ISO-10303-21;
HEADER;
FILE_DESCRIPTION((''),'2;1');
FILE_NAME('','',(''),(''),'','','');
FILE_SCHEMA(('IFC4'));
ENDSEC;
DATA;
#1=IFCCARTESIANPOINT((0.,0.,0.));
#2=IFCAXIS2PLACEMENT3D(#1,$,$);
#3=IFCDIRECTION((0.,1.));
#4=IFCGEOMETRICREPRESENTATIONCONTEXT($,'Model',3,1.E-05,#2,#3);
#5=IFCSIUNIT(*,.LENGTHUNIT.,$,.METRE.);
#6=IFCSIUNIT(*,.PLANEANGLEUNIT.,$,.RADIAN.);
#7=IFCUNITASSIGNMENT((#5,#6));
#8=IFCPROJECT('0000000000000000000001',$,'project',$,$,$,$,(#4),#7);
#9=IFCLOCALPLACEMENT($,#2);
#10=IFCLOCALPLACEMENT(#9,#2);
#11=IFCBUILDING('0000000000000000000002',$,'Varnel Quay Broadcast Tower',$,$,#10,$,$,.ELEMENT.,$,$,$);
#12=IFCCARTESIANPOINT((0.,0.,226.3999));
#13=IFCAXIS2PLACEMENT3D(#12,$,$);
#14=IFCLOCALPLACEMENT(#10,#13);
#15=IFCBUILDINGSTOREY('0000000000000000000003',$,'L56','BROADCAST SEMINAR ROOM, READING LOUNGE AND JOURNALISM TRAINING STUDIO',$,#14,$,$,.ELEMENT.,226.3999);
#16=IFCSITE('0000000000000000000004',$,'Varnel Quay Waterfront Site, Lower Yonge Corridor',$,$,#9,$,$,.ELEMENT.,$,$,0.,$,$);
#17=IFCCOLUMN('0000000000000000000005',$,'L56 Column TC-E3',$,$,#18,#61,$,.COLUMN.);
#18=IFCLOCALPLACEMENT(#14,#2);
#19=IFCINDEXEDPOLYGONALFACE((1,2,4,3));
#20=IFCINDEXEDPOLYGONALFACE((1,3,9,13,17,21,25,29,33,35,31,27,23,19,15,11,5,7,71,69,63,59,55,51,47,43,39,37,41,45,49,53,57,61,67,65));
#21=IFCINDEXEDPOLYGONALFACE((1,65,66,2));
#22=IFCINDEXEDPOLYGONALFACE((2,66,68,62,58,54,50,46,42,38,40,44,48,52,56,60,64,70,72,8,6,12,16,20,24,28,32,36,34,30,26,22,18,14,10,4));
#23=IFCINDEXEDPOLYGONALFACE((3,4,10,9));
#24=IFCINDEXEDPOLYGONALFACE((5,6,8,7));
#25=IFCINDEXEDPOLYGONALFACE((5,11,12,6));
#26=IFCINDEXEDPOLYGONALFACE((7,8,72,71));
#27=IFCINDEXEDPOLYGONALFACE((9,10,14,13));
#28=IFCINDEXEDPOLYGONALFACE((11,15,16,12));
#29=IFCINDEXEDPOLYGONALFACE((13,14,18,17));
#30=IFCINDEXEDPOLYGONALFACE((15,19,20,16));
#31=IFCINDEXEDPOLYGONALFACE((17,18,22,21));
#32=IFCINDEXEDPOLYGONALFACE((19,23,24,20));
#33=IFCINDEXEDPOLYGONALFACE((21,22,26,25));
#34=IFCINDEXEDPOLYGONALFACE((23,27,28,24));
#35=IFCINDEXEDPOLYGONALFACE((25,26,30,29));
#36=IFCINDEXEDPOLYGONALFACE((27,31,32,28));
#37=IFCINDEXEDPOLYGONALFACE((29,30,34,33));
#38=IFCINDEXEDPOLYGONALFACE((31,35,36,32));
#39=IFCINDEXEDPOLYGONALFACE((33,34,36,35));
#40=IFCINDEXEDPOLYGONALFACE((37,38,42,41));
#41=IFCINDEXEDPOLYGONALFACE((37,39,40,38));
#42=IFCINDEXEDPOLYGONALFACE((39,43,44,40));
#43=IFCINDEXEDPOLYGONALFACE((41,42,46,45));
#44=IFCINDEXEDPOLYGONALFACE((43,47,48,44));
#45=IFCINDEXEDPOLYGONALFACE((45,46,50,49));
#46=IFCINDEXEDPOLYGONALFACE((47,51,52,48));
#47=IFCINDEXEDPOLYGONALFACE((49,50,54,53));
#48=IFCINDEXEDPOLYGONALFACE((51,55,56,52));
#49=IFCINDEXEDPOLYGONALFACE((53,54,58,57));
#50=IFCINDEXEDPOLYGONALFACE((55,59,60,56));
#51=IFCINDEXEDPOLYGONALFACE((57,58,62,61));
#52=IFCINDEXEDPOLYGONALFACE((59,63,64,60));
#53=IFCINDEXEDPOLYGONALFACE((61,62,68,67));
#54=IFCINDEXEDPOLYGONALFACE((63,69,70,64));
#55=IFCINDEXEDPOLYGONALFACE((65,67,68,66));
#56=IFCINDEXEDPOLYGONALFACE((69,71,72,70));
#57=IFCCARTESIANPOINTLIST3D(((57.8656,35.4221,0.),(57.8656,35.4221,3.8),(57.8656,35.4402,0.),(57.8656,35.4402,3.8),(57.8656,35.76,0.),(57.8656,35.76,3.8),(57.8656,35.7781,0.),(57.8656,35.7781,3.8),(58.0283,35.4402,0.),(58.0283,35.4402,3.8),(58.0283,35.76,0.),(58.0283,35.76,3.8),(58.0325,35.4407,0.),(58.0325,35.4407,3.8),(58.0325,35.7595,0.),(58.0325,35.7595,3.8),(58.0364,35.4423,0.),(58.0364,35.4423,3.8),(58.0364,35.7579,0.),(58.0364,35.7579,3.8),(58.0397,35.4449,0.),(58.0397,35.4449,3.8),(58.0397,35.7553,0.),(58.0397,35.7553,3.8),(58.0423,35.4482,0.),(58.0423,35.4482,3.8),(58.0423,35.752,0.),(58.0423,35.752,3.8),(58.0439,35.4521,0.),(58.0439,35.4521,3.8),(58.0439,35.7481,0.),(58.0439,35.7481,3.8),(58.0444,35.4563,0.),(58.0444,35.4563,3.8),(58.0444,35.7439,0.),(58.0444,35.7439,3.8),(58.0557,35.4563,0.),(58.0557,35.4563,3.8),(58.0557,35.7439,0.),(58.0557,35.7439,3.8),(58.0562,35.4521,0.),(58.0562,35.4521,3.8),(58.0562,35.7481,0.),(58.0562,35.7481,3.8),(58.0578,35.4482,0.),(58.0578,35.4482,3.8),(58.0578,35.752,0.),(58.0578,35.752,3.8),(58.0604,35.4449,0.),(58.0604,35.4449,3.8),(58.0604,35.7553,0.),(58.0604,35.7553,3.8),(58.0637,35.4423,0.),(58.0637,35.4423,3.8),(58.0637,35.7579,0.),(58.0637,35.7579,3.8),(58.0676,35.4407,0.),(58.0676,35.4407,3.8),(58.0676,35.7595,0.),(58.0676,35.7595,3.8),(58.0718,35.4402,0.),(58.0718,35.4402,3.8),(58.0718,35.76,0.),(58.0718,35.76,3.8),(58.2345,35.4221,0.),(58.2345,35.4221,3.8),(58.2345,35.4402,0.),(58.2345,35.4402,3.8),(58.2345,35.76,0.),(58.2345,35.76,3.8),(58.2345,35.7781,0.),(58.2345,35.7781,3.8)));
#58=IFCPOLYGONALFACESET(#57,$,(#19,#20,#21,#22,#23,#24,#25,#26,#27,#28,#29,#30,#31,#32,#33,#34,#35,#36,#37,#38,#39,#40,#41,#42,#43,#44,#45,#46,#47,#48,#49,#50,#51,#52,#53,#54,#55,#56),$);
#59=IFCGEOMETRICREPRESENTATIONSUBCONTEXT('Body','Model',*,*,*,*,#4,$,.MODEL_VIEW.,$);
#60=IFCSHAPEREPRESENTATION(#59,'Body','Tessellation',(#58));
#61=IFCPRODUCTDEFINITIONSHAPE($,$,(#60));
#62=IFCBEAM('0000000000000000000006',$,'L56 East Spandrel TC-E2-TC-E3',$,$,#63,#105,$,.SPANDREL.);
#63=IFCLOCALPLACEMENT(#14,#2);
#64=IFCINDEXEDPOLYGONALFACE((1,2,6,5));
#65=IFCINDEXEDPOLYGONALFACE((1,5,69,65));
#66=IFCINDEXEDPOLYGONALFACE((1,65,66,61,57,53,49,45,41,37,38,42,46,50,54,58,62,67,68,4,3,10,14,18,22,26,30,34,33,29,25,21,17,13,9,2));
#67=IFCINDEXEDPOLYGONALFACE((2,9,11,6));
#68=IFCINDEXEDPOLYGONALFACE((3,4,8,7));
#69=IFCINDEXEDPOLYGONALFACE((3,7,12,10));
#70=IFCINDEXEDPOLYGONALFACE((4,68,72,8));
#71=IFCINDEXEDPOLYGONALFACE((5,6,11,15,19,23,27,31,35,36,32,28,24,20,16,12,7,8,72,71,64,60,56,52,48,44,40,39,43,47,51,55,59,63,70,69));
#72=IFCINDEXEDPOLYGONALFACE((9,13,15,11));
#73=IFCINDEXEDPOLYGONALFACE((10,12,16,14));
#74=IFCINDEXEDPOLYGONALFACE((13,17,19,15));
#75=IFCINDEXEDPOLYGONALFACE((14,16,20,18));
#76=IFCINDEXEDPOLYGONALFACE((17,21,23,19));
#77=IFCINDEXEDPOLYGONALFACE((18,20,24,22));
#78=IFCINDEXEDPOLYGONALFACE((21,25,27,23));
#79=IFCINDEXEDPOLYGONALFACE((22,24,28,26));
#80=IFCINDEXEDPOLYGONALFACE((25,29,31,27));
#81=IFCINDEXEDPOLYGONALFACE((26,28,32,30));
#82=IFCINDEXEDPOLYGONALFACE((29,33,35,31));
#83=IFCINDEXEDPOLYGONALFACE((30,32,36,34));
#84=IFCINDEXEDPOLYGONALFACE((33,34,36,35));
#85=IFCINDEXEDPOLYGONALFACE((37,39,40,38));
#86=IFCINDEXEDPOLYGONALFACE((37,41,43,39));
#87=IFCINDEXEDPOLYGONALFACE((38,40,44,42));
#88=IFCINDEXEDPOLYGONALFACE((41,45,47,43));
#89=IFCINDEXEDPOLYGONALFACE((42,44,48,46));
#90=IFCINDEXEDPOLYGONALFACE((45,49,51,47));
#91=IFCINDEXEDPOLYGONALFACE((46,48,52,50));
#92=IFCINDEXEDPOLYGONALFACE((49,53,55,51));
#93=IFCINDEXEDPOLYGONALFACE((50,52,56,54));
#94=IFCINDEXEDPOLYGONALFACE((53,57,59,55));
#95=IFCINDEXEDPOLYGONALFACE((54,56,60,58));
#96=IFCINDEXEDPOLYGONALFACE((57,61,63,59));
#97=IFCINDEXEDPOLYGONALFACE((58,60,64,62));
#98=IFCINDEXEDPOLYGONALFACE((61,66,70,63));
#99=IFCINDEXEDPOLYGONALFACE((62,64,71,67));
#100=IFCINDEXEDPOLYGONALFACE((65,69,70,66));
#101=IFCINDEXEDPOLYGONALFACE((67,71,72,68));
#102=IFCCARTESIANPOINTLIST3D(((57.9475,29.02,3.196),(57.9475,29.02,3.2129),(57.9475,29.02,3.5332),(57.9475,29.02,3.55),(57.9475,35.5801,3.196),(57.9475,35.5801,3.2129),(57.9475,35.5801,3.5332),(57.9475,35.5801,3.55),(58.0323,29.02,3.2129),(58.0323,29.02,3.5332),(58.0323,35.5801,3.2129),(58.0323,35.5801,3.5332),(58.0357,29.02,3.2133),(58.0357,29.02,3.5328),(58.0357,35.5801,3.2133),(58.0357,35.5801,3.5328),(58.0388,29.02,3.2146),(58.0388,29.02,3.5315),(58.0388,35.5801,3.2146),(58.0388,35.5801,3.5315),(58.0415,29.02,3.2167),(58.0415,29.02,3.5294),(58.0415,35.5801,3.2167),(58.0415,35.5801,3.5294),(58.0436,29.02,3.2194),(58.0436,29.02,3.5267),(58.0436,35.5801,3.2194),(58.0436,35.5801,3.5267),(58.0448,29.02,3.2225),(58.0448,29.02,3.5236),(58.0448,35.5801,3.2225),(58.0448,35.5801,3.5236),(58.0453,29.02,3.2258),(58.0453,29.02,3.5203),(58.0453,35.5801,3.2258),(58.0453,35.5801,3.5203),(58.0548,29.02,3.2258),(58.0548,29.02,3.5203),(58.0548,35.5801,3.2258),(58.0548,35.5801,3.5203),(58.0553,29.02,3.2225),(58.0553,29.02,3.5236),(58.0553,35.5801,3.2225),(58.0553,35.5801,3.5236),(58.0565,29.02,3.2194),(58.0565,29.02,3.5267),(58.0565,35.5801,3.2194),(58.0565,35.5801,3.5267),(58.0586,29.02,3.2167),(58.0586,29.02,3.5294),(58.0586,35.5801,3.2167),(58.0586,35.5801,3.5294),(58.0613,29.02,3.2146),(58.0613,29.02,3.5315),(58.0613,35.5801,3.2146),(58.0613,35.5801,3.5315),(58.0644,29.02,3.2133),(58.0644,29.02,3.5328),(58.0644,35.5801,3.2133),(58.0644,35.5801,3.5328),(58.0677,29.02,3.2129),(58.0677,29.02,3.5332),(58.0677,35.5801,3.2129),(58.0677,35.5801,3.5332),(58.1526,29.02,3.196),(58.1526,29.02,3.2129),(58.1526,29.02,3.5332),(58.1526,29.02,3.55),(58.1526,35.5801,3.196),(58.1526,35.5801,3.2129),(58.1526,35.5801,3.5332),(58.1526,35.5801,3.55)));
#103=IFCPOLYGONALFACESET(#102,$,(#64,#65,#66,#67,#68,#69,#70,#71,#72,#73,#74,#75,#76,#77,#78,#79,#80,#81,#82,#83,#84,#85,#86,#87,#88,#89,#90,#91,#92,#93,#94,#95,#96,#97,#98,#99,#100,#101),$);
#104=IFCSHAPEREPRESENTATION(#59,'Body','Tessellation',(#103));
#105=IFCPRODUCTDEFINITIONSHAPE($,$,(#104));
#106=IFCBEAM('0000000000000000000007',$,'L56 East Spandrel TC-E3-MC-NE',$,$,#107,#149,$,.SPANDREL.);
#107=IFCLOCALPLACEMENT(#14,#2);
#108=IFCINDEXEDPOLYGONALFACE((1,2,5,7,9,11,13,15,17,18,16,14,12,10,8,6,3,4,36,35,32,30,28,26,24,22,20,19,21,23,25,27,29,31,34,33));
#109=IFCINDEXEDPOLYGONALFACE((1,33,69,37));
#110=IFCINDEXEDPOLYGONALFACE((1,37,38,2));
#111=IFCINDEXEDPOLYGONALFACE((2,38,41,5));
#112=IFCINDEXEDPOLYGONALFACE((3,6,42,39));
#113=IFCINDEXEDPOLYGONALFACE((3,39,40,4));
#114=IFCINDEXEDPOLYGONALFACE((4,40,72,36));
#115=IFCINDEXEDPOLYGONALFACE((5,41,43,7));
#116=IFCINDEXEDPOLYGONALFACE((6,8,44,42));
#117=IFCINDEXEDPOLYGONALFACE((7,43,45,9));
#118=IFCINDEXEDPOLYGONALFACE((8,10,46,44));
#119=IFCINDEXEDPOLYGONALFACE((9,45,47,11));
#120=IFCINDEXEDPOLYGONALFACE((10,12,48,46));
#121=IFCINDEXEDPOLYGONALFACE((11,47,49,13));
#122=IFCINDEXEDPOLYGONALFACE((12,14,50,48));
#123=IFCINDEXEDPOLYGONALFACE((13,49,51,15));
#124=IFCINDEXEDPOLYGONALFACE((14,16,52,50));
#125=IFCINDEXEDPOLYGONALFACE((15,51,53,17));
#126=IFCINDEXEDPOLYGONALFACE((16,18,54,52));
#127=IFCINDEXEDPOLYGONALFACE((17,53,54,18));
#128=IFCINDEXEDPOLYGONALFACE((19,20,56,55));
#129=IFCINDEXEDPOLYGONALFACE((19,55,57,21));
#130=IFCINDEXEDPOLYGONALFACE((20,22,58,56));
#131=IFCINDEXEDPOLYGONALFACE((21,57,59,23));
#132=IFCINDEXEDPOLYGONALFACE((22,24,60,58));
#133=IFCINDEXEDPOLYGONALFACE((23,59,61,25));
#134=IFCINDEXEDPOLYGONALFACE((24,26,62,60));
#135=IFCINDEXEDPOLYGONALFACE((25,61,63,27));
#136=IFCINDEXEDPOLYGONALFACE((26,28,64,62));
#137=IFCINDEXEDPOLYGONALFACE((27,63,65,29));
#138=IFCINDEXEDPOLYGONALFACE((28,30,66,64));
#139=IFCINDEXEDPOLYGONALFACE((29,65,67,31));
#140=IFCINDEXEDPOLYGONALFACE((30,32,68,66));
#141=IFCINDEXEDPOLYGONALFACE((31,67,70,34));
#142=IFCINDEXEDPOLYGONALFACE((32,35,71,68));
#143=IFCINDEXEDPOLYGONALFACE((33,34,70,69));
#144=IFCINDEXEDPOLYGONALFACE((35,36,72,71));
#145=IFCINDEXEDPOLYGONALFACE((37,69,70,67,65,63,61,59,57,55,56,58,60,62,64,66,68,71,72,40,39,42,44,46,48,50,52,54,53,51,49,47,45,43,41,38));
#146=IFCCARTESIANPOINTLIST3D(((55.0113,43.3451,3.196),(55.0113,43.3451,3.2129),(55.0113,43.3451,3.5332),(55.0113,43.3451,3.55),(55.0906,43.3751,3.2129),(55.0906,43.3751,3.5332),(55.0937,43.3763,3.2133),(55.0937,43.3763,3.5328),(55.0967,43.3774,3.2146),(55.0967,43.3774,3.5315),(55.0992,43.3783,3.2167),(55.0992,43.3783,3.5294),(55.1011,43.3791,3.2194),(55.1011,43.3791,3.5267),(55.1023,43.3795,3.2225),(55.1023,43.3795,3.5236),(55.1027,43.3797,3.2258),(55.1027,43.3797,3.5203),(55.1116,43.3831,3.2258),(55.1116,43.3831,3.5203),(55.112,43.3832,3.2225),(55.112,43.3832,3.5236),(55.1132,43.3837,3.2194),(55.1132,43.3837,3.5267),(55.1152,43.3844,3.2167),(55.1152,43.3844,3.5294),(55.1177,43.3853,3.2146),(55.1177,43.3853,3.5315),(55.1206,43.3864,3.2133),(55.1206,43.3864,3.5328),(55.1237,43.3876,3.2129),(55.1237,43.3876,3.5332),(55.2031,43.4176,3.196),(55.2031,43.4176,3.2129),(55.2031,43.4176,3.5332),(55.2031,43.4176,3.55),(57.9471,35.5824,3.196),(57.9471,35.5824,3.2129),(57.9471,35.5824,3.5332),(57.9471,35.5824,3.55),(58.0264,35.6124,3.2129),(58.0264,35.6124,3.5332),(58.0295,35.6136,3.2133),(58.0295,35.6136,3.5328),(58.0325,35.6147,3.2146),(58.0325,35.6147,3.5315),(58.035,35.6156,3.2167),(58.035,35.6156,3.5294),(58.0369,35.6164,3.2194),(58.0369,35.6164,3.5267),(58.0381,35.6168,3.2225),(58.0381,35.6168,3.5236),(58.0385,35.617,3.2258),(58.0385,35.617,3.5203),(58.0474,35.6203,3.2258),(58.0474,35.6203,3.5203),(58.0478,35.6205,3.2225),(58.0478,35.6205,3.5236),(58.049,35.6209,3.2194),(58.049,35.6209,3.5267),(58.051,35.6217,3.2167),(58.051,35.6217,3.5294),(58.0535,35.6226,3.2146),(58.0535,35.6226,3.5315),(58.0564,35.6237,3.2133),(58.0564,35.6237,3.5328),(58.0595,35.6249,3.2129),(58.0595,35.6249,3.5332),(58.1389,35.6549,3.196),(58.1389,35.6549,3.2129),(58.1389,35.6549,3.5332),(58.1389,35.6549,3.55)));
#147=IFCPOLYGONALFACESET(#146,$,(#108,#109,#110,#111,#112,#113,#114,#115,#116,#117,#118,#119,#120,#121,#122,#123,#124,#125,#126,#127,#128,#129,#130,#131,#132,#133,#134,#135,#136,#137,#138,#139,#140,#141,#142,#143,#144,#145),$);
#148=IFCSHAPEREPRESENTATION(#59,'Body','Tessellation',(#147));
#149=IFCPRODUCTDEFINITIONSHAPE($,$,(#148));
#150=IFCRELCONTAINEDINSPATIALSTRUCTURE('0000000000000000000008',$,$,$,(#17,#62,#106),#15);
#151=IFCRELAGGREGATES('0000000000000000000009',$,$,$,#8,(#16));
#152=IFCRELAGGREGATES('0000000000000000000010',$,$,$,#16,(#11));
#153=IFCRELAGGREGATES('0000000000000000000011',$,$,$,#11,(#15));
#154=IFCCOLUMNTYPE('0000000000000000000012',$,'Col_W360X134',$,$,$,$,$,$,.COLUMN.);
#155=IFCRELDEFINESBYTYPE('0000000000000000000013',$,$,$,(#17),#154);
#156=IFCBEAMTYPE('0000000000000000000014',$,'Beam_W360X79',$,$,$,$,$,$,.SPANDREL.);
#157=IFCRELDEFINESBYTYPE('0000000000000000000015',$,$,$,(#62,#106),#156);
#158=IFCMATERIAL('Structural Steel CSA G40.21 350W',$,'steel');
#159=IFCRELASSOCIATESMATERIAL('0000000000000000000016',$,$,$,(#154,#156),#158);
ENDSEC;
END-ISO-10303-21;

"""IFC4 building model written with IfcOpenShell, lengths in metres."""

from ifc_helpers import new_model, si_unit, direction, frame, origin, origin_2d, place, context, subcontext, project, spatial, i_section, extrude, source, transform, mapped, material, material_profile, profile_set, type_object, type_shapes, element, save


model = new_model("IFC4")

# Units and contexts
model_context = context("Model", 3, precision=1e-05, world=origin(), true_north=direction((0.0, 1.0)))
body_context = subcontext(model_context, "Body", "Model", "MODEL_VIEW")
ifc_project = project(units=[si_unit("LENGTHUNIT", "METRE"), si_unit("PLANEANGLEUNIT", "RADIAN")], contexts=[model_context])

# Site, building, storey
site_placement = place(None, origin())
site = spatial("IfcSite", under=ifc_project, at=site_placement, Name="Varnel Quay Waterfront Site, Lower Yonge Corridor", CompositionType="ELEMENT", RefElevation=0.0)
building_placement = place(site_placement, origin())
building = spatial("IfcBuilding", under=site, at=building_placement, Name="Varnel Quay Broadcast Tower", CompositionType="ELEMENT")
storey_placement = place(building_placement, frame((0.0, 0.0, 226.3999)))
storey = spatial("IfcBuildingStorey", under=building, at=storey_placement, Name="L56", Description="BROADCAST SEMINAR ROOM, READING LOUNGE AND JOURNALISM TRAINING STUDIO", CompositionType="ELEMENT", Elevation=226.3999)

# Column
ifc_material_1 = material(Name="Structural Steel CSA G40.21 350W", Category="steel")
ifc_material_profile_1 = material_profile(ifc_material_1, i_section(OverallWidth=0.3689, OverallDepth=0.356, WebThickness=0.0112, FlangeThickness=0.0181, FilletRadius=0.0161, at=origin_2d()), Name="W360X134")
ifc_profile_set_1 = profile_set([ifc_material_profile_1], Name="Structural Steel CSA G40.21 350W")
column_type_1 = type_object("IfcColumnType", Name="Col_W360X134", PredefinedType="COLUMN", material=ifc_profile_set_1)
shared_shape_1 = source(origin(), body_context, "Body", "SweptSolid", [
    extrude(i_section(OverallWidth=0.3689, OverallDepth=0.356, WebThickness=0.0112, FlangeThickness=0.0181, FilletRadius=0.0161, at=origin_2d()), origin(), (0.0, 0.0, 1.0), 3.8),
])
type_shapes(column_type_1, [shared_shape_1])
for number, where, z_axis, x_axis, name in (
    (1, (58.05, 35.6001, 0.0), (0.0, 0.0, 1.0), (1.0, 0.0, 0.0), "L56 Column TC-E3"),
):
    element("IfcColumn", number, at=place(storey_placement, frame(where, z_axis=z_axis, x_axis=x_axis)), inside=storey, type_object=column_type_1, Name=name, PredefinedType="COLUMN", context=body_context, shape_type="MappedRepresentation", body=[
        mapped(shared_shape_1, transform((0.0, 0.0, 0.0), x_axis=(1.0, 0.0, 0.0), y_axis=(0.0, 1.0, 0.0), z_axis=(0.0, 0.0, 1.0), scale=1.0)),
    ])

# Beams
ifc_material_profile_2 = material_profile(ifc_material_1, i_section(OverallWidth=0.2051, OverallDepth=0.354, WebThickness=0.0095, FlangeThickness=0.0168, FilletRadius=0.0129, at=origin_2d()), Name="W360X79")
ifc_profile_set_2 = profile_set([ifc_material_profile_2], Name="Structural Steel CSA G40.21 350W")
beam_type_1 = type_object("IfcBeamType", Name="Beam_W360X79", PredefinedType="SPANDREL", material=ifc_profile_set_2)
shared_shape_2 = source(origin(), body_context, "Body", "SweptSolid", [
    extrude(i_section(OverallWidth=0.2051, OverallDepth=0.354, WebThickness=0.0095, FlangeThickness=0.0168, FilletRadius=0.0129, at=origin_2d()), origin(), (0.0, 0.0, 1.0), 6.5601),
])
beam_1_placement = place(storey_placement, frame((58.05, 29.02, 3.373), z_axis=(0.0, 1.0, 0.0), x_axis=(-1.0, 0.0, 0.0)))
element("IfcBeam", 2, at=beam_1_placement, inside=storey, type_object=beam_type_1, Name="L56 East Spandrel TC-E2-TC-E3", PredefinedType="SPANDREL", context=body_context, shape_type="MappedRepresentation", body=[
    mapped(shared_shape_2, transform((0.0, 0.0, 0.0), x_axis=(1.0, 0.0, 0.0), y_axis=(0.0, 1.0, 0.0), z_axis=(0.0, 0.0, 1.0), scale=1.0)),
])
shared_shape_3 = source(origin(), body_context, "Body", "SweptSolid", [
    extrude(i_section(OverallWidth=0.2051, OverallDepth=0.354, WebThickness=0.0095, FlangeThickness=0.0168, FilletRadius=0.0129, at=origin_2d()), origin(), (0.0, 0.0, 1.0), 8.2993),
])
beam_2_placement = place(storey_placement, frame((58.043, 35.6187, 3.373), z_axis=(-0.35374, 0.935344, 0.0), x_axis=(-0.935344, -0.35374, 0.0)))
element("IfcBeam", 3, at=beam_2_placement, inside=storey, type_object=beam_type_1, Name="L56 East Spandrel TC-E3-MC-NE", PredefinedType="SPANDREL", context=body_context, shape_type="MappedRepresentation", body=[
    mapped(shared_shape_3, transform((0.0, 0.0, 0.0), x_axis=(1.0, 0.0, 0.0), y_axis=(0.0, 1.0, 0.0), z_axis=(0.0, 0.0, 1.0), scale=1.0)),
])

save(model, "model.ifc")
